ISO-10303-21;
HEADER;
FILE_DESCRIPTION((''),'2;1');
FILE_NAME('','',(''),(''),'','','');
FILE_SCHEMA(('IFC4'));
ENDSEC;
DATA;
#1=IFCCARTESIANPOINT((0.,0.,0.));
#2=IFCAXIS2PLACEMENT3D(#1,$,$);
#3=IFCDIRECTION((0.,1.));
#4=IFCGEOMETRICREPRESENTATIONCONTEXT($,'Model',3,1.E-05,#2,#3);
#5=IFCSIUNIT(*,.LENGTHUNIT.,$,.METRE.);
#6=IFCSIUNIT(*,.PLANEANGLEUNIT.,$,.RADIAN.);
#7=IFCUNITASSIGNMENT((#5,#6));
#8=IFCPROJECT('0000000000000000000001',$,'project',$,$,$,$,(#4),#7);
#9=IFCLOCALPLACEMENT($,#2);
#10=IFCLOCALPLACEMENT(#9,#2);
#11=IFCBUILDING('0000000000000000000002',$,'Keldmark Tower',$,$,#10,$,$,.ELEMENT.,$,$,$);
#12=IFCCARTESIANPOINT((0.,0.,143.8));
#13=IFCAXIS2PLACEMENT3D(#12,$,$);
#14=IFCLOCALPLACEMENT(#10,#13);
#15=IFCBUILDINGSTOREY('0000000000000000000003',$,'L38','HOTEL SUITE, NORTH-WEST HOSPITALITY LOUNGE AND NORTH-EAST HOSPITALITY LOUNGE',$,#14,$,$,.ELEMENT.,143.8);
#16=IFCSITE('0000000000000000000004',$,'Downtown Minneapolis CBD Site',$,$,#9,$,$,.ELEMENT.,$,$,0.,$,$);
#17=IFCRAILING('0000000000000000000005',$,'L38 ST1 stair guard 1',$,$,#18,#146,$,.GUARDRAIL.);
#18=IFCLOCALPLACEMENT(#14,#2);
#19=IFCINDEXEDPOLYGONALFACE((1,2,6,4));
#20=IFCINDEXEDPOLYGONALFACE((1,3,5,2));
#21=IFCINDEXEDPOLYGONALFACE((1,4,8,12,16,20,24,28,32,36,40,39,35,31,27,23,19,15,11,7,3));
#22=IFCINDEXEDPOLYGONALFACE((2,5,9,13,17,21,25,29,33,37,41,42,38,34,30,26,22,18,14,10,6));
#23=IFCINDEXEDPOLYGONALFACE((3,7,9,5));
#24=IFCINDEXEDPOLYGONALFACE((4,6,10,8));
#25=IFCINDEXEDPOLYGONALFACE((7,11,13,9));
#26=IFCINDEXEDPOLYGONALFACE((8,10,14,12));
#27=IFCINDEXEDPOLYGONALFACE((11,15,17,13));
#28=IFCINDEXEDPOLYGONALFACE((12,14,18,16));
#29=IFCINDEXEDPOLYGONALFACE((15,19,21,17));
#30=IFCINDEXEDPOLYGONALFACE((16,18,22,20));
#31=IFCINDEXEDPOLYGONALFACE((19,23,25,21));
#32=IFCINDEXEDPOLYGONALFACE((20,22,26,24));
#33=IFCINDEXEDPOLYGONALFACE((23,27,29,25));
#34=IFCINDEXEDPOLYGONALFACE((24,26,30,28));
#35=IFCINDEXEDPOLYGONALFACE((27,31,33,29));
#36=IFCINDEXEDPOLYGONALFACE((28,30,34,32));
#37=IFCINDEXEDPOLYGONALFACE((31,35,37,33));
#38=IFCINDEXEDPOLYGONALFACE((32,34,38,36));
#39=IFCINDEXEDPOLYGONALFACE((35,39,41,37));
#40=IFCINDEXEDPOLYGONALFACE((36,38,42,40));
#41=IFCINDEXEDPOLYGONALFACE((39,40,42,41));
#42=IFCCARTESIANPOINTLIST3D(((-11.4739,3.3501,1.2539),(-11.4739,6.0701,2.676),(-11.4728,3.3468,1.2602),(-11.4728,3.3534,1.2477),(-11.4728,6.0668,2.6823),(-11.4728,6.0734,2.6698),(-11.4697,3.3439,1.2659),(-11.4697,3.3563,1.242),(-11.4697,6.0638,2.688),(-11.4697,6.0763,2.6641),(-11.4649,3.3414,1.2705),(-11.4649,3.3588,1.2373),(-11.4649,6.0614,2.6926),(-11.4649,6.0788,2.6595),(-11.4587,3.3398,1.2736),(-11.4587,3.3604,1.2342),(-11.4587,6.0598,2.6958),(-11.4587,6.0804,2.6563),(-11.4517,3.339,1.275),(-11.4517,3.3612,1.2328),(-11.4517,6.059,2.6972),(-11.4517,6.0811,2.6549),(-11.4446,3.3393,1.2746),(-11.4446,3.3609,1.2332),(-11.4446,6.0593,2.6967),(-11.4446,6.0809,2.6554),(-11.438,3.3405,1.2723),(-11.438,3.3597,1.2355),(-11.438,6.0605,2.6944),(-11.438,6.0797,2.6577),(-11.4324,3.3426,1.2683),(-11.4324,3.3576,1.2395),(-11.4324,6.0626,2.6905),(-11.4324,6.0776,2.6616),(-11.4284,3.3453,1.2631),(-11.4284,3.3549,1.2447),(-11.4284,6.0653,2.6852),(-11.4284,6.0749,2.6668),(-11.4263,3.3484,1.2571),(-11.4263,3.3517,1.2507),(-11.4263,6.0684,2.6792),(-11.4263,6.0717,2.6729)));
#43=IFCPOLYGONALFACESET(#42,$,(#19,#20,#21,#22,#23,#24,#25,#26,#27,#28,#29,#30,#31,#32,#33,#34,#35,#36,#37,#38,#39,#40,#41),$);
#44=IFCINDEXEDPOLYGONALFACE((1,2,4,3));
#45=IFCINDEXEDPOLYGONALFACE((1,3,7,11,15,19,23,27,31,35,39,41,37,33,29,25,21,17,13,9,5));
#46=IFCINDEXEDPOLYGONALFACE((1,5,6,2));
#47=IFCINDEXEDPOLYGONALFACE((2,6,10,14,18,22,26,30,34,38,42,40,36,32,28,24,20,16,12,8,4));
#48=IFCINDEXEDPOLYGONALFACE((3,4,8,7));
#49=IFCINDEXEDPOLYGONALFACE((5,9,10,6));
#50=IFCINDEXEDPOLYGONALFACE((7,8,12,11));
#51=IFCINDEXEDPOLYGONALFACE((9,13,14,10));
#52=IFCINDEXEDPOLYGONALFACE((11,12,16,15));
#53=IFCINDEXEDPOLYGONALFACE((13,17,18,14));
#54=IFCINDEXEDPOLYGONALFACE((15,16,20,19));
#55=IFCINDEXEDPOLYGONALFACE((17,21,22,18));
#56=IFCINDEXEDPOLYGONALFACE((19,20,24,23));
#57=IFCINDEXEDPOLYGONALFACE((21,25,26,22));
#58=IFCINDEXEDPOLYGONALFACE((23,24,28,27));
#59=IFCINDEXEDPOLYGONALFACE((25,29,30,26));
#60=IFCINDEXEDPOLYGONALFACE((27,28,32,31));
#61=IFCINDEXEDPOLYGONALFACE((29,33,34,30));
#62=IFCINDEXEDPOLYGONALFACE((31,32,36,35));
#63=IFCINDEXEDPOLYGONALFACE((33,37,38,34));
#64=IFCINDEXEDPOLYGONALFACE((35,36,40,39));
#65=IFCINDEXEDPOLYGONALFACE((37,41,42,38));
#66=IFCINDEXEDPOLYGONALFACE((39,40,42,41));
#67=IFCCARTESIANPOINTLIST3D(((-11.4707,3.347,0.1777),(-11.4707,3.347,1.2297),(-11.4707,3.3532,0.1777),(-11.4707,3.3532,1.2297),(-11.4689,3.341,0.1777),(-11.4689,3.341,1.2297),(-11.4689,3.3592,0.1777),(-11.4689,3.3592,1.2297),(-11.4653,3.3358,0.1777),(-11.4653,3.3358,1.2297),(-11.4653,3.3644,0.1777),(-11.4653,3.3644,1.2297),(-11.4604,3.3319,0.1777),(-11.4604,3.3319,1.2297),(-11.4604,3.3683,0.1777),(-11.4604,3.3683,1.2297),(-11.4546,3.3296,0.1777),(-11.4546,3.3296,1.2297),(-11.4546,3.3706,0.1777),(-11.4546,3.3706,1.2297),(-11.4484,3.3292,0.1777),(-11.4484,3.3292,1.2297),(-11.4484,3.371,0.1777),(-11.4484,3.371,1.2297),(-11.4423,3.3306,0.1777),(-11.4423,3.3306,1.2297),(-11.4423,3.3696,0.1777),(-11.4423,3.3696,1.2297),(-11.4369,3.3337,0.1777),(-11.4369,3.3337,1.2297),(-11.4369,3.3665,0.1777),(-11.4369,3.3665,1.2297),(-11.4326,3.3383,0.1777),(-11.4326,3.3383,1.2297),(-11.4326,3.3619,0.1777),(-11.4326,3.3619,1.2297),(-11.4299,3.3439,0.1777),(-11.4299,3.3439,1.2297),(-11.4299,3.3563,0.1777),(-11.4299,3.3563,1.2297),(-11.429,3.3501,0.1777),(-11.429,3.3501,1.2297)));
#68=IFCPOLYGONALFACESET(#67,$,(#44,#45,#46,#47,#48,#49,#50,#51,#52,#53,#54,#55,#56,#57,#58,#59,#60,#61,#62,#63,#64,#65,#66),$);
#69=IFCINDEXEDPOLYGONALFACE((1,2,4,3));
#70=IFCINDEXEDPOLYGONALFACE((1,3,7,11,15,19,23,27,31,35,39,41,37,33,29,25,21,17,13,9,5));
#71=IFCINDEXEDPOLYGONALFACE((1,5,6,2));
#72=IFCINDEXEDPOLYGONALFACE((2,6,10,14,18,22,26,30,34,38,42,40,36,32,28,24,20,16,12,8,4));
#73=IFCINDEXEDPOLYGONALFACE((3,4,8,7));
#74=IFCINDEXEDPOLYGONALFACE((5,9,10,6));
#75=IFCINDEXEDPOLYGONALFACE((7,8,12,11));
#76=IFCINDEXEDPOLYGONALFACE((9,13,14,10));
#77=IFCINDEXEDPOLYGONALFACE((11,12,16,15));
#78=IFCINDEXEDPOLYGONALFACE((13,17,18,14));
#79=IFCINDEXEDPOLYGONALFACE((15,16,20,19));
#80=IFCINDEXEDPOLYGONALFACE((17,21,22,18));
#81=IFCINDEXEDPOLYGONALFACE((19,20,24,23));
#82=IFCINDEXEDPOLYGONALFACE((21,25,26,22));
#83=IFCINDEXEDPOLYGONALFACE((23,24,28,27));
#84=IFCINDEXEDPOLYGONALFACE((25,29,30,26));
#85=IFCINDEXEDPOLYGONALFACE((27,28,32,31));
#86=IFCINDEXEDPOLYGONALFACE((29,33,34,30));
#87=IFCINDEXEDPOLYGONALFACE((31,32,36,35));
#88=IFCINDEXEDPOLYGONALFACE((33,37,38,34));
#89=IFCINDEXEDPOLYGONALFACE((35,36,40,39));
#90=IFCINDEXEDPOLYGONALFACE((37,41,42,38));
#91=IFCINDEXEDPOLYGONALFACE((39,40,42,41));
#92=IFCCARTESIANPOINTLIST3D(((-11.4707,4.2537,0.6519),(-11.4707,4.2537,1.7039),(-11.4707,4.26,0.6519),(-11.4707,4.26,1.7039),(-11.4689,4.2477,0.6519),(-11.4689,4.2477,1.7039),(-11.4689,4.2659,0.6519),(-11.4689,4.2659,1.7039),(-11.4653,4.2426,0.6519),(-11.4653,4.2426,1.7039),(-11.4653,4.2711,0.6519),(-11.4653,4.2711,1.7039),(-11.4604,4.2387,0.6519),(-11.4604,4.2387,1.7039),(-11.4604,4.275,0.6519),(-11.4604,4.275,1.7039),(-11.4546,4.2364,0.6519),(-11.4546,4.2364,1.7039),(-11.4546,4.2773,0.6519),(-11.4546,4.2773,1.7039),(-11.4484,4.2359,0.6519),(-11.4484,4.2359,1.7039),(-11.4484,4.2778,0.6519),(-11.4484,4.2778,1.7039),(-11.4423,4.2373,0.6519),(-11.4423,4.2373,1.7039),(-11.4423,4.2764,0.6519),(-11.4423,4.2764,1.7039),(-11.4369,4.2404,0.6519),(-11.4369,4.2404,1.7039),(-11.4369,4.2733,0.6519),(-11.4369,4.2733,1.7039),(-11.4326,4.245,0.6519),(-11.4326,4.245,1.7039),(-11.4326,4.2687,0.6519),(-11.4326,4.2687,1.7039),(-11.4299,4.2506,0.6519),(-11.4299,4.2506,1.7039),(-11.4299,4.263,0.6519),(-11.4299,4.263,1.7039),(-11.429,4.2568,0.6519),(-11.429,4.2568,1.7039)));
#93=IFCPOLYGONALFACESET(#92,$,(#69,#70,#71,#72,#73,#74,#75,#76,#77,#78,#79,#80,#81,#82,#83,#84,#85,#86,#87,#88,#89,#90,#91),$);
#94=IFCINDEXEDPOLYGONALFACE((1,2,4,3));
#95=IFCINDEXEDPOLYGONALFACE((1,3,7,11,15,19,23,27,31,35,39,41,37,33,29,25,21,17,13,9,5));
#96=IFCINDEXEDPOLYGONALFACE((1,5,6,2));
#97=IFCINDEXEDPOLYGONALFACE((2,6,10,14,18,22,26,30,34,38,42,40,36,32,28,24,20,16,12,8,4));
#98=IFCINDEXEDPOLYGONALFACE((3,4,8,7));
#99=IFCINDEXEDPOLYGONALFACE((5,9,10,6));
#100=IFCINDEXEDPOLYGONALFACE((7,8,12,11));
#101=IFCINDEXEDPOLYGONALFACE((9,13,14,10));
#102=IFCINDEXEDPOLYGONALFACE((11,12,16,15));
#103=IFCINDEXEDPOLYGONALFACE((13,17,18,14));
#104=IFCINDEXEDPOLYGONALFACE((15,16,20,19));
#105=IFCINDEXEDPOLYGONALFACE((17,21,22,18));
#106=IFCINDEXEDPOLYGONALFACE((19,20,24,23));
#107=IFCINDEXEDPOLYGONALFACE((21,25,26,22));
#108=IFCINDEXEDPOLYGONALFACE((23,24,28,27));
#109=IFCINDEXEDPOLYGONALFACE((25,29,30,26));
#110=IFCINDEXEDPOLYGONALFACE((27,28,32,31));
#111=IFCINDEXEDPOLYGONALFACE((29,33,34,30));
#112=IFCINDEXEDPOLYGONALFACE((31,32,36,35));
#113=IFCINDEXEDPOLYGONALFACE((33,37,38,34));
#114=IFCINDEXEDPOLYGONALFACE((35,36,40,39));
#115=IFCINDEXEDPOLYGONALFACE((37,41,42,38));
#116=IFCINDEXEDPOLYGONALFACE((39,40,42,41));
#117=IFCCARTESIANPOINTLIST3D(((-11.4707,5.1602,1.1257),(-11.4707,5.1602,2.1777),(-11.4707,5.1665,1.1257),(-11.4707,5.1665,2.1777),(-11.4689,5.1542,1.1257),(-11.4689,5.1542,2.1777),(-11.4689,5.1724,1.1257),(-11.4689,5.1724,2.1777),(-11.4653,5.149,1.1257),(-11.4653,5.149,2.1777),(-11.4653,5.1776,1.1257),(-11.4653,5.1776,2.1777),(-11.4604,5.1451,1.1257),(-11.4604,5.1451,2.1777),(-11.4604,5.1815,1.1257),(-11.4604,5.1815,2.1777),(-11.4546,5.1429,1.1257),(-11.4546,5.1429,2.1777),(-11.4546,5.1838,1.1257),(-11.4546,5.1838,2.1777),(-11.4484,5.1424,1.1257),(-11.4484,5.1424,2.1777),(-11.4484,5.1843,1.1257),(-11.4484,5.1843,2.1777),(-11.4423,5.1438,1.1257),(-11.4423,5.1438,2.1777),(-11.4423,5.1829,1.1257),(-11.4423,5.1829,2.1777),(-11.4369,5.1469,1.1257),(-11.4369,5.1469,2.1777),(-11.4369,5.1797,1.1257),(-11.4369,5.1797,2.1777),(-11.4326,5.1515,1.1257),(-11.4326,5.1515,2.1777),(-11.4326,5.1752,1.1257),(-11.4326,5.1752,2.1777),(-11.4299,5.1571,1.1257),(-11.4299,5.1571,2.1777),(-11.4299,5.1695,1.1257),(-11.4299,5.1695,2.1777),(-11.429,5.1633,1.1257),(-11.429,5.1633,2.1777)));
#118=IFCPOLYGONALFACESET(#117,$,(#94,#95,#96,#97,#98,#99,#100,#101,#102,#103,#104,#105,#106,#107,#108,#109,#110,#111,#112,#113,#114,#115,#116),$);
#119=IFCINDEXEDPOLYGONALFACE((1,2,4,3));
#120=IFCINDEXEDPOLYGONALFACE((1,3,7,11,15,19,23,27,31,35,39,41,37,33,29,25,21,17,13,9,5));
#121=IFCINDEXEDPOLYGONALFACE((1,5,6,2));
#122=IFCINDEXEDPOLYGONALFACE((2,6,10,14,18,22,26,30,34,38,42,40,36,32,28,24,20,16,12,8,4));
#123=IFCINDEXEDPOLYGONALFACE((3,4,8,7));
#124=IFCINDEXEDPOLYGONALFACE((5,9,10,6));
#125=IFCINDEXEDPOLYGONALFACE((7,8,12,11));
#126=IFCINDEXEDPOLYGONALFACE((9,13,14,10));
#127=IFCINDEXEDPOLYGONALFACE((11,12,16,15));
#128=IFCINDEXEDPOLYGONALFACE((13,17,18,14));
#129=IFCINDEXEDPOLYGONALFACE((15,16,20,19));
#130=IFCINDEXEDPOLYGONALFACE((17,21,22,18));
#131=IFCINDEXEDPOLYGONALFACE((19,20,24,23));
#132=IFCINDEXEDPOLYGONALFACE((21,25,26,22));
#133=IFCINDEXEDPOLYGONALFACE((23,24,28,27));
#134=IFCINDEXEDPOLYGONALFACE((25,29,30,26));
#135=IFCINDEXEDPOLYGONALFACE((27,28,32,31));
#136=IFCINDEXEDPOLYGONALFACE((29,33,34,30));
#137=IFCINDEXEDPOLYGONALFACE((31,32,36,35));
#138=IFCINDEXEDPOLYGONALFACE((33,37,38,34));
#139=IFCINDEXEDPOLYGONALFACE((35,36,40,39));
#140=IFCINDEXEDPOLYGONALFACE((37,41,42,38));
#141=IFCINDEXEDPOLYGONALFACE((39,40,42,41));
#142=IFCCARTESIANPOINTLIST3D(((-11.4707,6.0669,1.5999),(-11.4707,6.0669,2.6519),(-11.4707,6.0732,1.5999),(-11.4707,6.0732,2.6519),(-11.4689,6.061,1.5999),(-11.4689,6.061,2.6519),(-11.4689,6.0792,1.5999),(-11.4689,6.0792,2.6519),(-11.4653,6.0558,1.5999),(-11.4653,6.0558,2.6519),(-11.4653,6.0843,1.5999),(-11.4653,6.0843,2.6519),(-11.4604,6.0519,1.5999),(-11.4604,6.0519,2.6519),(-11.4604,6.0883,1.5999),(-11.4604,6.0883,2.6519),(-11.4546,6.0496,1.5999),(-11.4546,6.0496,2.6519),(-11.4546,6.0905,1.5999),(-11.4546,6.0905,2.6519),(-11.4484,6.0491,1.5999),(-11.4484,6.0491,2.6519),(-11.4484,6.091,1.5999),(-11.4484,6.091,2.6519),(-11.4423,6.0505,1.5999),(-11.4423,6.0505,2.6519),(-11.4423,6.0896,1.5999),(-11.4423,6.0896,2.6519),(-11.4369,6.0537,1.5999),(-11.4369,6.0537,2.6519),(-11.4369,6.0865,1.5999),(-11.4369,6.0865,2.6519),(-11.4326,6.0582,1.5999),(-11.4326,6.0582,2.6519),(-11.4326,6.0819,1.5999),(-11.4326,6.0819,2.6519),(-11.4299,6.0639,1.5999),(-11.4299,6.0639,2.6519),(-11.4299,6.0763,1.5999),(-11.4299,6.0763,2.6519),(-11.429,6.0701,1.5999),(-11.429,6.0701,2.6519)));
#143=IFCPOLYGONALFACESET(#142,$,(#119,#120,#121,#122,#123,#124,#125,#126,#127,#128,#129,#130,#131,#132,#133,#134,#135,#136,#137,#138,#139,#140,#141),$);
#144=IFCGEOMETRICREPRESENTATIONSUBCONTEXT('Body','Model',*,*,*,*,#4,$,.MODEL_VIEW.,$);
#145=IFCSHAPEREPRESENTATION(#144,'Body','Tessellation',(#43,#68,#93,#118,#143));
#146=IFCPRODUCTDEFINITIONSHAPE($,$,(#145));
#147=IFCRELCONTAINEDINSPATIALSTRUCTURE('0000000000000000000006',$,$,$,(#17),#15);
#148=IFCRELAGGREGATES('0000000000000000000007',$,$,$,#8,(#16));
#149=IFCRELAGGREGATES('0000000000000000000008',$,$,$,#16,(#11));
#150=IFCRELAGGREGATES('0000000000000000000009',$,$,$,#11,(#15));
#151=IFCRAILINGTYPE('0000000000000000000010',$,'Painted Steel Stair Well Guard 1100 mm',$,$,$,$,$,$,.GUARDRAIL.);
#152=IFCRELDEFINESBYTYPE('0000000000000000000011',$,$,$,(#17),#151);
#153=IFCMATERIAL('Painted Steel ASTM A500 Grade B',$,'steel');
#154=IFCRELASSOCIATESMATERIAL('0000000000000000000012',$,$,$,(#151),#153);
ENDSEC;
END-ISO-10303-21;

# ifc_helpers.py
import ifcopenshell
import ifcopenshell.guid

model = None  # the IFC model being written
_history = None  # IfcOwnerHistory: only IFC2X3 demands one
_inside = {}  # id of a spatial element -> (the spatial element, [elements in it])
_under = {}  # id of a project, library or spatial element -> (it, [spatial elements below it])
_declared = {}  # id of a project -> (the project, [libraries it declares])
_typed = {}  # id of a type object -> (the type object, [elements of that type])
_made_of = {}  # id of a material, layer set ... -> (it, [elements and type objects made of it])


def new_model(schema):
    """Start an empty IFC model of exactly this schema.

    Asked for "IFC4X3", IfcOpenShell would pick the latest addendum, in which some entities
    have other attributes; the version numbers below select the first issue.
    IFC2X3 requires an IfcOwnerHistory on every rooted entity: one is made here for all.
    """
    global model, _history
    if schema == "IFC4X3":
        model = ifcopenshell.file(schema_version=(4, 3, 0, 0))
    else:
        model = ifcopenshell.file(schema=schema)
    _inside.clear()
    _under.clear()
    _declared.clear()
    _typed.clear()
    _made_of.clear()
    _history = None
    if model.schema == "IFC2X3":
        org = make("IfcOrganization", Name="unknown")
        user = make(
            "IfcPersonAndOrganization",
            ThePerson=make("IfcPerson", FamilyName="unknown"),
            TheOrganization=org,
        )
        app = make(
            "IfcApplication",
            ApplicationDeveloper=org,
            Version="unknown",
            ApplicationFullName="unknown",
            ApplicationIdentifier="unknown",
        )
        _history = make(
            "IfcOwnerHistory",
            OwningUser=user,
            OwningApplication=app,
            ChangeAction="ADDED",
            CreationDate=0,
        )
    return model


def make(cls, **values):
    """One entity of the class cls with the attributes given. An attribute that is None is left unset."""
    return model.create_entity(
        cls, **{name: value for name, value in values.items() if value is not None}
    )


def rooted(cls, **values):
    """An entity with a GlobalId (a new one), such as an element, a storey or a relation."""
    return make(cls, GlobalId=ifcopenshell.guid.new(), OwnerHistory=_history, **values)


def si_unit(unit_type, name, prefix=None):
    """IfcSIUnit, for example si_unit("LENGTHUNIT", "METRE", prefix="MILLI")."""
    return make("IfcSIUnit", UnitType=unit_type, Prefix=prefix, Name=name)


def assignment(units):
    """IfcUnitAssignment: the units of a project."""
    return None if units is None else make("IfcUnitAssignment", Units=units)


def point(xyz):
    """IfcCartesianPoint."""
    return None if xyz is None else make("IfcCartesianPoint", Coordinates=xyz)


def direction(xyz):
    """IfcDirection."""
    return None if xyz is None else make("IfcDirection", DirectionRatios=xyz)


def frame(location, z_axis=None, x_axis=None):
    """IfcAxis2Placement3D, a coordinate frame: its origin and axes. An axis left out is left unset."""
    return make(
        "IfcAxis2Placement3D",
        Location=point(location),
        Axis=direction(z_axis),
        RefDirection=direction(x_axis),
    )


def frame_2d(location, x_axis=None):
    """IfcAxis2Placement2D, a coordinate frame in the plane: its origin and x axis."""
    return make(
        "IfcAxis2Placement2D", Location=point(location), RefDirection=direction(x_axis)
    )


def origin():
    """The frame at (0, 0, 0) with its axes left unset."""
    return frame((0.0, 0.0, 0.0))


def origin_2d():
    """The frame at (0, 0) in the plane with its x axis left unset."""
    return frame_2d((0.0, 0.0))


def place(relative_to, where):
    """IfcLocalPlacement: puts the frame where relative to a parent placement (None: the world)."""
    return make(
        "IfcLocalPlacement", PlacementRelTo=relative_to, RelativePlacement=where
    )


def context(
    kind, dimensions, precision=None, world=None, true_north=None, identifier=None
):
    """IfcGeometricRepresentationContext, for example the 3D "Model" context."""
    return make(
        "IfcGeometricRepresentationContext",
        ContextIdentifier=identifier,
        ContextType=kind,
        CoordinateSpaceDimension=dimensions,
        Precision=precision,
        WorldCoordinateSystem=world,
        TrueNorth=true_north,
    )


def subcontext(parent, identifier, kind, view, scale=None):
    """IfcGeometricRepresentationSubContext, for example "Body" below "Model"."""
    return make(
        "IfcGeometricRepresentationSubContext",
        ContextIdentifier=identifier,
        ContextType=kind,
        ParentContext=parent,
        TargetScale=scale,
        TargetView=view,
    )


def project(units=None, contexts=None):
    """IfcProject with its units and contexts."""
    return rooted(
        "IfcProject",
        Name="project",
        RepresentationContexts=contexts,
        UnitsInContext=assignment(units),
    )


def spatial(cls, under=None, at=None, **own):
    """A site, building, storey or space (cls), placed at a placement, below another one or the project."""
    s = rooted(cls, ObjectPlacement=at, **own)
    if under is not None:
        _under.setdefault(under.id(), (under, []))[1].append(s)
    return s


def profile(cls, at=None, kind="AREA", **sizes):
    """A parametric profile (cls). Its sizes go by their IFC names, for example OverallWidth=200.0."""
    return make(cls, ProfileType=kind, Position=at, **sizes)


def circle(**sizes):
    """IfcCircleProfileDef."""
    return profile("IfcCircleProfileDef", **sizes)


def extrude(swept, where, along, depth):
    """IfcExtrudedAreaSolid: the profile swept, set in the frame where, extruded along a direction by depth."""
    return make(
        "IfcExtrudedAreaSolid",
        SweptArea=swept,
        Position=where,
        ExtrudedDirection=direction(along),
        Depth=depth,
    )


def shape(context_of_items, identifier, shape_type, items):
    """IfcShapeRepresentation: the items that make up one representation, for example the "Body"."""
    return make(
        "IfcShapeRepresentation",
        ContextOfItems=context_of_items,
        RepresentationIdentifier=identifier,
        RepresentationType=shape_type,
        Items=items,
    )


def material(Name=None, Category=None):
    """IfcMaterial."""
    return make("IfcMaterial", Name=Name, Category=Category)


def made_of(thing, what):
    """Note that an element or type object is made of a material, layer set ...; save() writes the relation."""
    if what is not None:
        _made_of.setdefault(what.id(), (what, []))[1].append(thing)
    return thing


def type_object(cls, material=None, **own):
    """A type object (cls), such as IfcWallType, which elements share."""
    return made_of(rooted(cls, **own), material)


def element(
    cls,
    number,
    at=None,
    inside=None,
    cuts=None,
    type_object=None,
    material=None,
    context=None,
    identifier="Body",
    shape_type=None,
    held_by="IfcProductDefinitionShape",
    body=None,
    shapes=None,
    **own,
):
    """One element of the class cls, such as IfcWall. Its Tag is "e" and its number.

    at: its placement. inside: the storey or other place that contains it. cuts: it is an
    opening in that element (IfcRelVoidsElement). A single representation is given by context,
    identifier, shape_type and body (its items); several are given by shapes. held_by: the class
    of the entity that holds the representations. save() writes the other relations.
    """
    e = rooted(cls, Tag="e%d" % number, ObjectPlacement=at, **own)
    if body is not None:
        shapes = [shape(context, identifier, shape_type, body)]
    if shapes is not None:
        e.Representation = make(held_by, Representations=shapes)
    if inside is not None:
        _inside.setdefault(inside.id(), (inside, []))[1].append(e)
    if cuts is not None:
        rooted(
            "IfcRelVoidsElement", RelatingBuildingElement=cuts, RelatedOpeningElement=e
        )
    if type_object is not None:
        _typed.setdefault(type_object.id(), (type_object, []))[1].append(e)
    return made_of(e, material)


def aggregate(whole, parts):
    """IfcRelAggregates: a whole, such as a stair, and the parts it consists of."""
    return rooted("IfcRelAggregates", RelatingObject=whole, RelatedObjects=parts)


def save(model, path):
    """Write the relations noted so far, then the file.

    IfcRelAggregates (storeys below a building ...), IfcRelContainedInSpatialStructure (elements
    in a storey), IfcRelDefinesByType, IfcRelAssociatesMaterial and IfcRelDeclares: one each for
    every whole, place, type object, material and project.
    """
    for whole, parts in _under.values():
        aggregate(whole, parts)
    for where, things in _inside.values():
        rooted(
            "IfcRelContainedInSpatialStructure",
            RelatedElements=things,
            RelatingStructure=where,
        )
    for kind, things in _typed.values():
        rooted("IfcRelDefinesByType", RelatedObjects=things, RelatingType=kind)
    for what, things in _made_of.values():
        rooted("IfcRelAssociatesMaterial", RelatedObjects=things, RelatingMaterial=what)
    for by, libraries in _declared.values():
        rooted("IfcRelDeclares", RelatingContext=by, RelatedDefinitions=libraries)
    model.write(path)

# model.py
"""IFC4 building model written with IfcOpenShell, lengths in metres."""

from ifc_helpers import new_model, si_unit, direction, frame, origin, origin_2d, place, context, subcontext, project, spatial, circle, extrude, material, type_object, element, save


model = new_model("IFC4")

# Units and contexts
model_context = context("Model", 3, precision=1e-05, world=origin(), true_north=direction((0.0, 1.0)))
body_context = subcontext(model_context, "Body", "Model", "MODEL_VIEW")
ifc_project = project(units=[si_unit("LENGTHUNIT", "METRE"), si_unit("PLANEANGLEUNIT", "RADIAN")], contexts=[model_context])

# Site, building, storey
site_placement = place(None, origin())
site = spatial("IfcSite", under=ifc_project, at=site_placement, Name="Downtown Minneapolis CBD Site", CompositionType="ELEMENT", RefElevation=0.0)
building_placement = place(site_placement, origin())
building = spatial("IfcBuilding", under=site, at=building_placement, Name="Keldmark Tower", CompositionType="ELEMENT")
storey_placement = place(building_placement, frame((0.0, 0.0, 143.8)))
storey = spatial("IfcBuildingStorey", under=building, at=storey_placement, Name="L38", Description="HOTEL SUITE, NORTH-WEST HOSPITALITY LOUNGE AND NORTH-EAST HOSPITALITY LOUNGE", CompositionType="ELEMENT", Elevation=143.8)

# Railing
ifc_material_1 = material(Name="Painted Steel ASTM A500 Grade B", Category="steel")
railing_type_1 = type_object("IfcRailingType", Name="Painted Steel Stair Well Guard 1100 mm", PredefinedType="GUARDRAIL", material=ifc_material_1)
railing_1_placement = place(storey_placement, frame((-11.45, 3.3501, 0.1777)))
element("IfcRailing", 1, at=railing_1_placement, inside=storey, type_object=railing_type_1, Name="L38 ST1 stair guard 1", PredefinedType="GUARDRAIL", context=body_context, shape_type="SweptSolid", body=[
    extrude(circle(Radius=0.0239, at=origin_2d()), frame((0.0, 0.0, 1.0762), z_axis=(0.0, 0.886183, 0.463335), x_axis=(-1.0, 0.0, 0.0)), (0.0, 0.0, 1.0), 3.0693),
    extrude(circle(Radius=0.021, at=origin_2d()), origin(), (0.0, 0.0, 1.0), 1.052),
    extrude(circle(Radius=0.021, at=origin_2d()), frame((0.0, 0.9067, 0.4741)), (0.0, 0.0, 1.0), 1.052),
    extrude(circle(Radius=0.021, at=origin_2d()), frame((0.0, 1.8132, 0.948)), (0.0, 0.0, 1.0), 1.052),
    extrude(circle(Radius=0.021, at=origin_2d()), frame((0.0, 2.72, 1.4221)), (0.0, 0.0, 1.0), 1.052),
])

save(model, "model.ifc")
